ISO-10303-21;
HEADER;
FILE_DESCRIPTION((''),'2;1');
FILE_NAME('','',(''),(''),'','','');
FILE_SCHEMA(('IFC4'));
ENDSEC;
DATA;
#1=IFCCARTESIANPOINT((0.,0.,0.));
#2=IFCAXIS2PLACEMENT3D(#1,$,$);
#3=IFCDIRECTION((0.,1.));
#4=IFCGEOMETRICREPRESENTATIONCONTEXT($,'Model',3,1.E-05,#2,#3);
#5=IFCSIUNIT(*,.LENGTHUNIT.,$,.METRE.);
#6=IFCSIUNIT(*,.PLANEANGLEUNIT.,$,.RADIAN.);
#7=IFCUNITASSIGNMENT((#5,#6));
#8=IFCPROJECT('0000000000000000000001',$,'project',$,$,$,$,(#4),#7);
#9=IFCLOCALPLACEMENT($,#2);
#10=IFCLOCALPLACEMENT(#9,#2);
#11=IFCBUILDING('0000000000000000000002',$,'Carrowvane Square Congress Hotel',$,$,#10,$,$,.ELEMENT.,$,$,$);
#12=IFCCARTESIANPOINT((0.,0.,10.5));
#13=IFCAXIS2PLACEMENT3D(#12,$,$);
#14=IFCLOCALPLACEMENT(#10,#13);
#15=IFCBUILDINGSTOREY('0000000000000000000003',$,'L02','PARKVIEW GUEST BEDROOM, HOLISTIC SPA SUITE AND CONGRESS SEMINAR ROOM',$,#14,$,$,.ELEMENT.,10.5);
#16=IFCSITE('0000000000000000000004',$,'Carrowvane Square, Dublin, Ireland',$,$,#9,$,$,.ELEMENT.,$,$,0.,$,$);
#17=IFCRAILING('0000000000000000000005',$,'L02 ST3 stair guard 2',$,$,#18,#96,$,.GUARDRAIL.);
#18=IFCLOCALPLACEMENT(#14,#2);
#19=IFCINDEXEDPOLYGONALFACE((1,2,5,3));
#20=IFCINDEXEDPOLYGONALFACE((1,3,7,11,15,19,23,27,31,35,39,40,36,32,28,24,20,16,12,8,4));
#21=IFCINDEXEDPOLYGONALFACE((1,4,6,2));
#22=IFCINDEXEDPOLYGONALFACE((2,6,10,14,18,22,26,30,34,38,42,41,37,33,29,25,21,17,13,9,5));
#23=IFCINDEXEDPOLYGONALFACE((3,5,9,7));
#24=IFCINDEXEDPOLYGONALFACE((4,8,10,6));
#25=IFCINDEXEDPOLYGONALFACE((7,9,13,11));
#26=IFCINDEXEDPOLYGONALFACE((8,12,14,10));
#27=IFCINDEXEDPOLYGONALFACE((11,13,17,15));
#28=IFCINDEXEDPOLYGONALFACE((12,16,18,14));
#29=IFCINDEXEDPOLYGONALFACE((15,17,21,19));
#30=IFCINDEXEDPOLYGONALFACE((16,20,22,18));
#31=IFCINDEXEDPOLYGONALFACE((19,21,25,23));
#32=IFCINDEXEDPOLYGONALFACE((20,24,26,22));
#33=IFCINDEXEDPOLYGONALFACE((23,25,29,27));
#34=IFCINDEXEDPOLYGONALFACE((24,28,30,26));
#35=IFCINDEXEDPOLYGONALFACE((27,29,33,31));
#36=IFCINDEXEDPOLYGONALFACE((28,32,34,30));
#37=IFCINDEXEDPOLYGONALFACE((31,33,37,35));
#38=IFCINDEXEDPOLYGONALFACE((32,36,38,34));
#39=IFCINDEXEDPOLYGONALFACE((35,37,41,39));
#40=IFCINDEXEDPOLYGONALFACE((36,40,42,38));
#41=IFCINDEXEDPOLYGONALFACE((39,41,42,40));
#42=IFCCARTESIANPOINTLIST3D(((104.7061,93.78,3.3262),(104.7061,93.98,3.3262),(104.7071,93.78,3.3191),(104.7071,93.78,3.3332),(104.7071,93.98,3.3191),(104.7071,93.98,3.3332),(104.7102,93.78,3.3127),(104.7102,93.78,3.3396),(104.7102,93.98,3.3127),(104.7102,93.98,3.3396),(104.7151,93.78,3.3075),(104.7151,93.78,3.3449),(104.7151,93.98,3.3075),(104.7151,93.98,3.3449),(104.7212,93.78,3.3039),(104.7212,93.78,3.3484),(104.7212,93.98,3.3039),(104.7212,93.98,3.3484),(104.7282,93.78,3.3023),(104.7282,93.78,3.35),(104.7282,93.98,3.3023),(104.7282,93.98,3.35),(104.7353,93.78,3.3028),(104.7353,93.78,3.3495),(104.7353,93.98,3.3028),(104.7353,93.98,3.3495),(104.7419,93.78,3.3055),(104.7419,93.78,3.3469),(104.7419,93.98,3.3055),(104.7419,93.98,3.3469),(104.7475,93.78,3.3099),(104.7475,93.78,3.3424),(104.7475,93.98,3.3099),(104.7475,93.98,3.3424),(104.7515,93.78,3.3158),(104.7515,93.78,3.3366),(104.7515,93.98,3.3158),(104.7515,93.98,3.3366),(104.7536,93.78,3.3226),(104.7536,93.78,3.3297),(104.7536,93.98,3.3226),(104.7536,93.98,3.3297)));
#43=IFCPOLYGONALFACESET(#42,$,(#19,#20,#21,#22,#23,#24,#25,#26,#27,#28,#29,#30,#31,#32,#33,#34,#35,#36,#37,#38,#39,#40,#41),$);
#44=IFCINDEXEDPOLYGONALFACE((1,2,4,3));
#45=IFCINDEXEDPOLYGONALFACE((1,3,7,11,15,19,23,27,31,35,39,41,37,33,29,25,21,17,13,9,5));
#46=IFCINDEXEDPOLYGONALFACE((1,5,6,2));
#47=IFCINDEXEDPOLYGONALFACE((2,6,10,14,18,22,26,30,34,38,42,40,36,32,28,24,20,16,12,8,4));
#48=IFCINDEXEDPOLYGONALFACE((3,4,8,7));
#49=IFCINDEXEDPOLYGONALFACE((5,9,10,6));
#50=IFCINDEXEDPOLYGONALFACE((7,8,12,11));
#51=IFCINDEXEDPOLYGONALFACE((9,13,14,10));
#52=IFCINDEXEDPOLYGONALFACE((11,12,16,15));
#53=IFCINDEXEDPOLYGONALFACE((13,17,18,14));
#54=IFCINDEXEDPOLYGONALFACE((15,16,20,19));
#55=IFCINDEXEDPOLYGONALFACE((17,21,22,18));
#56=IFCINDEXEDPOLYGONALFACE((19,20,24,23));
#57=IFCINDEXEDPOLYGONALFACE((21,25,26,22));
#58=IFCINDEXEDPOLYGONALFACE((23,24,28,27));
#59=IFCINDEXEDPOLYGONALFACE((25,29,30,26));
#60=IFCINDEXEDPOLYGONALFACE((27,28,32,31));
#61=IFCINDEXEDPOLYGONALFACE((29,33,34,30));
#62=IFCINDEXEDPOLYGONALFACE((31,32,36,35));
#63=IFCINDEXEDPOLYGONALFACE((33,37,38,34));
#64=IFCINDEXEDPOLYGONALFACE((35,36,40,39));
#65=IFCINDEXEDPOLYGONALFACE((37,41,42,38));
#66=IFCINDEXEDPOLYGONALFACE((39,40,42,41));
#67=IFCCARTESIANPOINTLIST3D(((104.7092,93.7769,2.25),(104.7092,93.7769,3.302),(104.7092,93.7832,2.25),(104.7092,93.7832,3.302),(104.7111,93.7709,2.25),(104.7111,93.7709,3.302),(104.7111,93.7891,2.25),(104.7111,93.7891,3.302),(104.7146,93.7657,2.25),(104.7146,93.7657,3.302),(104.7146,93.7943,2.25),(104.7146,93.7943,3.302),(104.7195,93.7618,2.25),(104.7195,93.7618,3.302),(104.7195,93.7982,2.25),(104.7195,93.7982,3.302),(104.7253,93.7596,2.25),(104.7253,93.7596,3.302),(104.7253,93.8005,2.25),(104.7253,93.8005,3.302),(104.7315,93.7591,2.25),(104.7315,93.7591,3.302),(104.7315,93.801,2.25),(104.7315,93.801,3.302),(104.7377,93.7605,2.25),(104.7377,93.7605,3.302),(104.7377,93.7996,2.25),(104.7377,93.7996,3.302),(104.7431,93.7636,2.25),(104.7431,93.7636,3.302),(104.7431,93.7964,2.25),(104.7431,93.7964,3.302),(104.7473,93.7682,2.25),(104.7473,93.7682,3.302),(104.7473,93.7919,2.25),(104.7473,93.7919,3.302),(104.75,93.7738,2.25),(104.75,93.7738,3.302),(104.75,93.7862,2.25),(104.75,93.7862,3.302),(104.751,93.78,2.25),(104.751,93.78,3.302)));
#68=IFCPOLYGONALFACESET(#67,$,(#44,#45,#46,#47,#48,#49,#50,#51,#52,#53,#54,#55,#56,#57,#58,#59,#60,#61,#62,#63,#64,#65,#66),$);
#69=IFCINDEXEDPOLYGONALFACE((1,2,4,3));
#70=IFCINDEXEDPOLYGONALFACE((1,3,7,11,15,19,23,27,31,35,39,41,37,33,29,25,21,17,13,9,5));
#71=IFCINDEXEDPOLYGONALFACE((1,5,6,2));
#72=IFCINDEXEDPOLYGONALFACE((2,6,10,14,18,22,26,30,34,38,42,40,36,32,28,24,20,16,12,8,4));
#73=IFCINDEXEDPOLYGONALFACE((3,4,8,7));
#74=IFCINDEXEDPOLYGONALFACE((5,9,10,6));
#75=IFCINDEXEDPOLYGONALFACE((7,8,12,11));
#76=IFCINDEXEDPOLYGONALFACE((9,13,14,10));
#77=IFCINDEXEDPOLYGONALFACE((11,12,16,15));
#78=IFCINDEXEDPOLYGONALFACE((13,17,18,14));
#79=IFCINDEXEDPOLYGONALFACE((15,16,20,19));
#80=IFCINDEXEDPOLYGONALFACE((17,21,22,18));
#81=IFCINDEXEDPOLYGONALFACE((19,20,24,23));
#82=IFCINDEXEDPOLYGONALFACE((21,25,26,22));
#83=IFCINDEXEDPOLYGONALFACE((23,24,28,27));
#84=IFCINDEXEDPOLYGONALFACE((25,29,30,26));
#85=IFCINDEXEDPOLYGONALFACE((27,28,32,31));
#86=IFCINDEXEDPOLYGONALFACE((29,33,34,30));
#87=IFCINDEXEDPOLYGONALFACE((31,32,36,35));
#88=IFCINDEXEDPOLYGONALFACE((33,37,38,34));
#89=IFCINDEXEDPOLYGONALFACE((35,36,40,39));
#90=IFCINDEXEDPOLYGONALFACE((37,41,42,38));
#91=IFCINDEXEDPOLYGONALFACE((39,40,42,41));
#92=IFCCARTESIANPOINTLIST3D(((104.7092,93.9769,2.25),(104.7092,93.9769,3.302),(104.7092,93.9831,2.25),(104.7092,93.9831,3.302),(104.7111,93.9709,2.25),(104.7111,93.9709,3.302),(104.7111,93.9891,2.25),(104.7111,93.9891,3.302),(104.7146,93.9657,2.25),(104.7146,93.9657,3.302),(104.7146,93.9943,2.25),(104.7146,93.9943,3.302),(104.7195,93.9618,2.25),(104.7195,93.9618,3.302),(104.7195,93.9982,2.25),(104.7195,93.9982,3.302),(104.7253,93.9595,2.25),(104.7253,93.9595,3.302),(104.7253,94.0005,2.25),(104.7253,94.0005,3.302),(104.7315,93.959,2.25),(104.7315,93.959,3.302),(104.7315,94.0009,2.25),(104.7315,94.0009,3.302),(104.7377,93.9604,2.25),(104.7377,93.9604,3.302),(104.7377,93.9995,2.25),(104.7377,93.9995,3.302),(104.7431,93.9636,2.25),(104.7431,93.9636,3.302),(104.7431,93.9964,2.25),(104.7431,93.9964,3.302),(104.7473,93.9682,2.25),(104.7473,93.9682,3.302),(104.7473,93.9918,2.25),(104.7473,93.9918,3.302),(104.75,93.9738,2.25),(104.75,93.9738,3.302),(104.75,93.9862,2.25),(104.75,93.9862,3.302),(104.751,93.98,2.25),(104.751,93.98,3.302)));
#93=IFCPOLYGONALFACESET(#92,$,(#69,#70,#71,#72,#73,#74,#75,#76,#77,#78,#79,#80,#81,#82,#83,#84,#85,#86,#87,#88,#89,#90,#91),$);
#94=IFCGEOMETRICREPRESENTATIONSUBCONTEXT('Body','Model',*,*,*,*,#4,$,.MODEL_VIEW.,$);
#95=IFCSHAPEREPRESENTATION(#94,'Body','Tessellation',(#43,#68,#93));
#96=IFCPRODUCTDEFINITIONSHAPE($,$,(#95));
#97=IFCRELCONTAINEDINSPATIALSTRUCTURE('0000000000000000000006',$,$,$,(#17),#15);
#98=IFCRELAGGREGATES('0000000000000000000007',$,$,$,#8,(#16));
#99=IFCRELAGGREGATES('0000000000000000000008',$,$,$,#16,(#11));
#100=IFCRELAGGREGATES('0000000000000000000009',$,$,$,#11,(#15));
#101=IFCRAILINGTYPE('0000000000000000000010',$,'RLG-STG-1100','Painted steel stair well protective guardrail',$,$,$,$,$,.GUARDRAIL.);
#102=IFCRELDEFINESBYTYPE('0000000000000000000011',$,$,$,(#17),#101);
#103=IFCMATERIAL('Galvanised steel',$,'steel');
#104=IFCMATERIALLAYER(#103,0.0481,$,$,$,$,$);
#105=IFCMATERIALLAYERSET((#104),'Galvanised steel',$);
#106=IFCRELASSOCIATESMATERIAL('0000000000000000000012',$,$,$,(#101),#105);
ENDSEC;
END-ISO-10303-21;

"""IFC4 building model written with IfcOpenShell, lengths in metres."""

from ifc_helpers import new_model, si_unit, direction, frame, origin, origin_2d, place, context, subcontext, project, spatial, circle, extrude, material, layer, layer_set, type_object, element, save


model = new_model("IFC4")

# Units and contexts
model_context = context("Model", 3, precision=1e-05, world=origin(), true_north=direction((0.0, 1.0)))
body_context = subcontext(model_context, "Body", "Model", "MODEL_VIEW")
ifc_project = project(units=[si_unit("LENGTHUNIT", "METRE"), si_unit("PLANEANGLEUNIT", "RADIAN")], contexts=[model_context])

# Site, building, storey
site_placement = place(None, origin())
site = spatial("IfcSite", under=ifc_project, at=site_placement, Name="Carrowvane Square, Dublin, Ireland", CompositionType="ELEMENT", RefElevation=0.0)
building_placement = place(site_placement, origin())
building = spatial("IfcBuilding", under=site, at=building_placement, Name="Carrowvane Square Congress Hotel", CompositionType="ELEMENT")
storey_placement = place(building_placement, frame((0.0, 0.0, 10.5)))
storey = spatial("IfcBuildingStorey", under=building, at=storey_placement, Name="L02", Description="PARKVIEW GUEST BEDROOM, HOLISTIC SPA SUITE AND CONGRESS SEMINAR ROOM", CompositionType="ELEMENT", Elevation=10.5)

# Railing
ifc_material_1 = material(Name="Galvanised steel", Category="steel")
ifc_layer_1 = layer(ifc_material_1, 0.0481)
ifc_layer_set_1 = layer_set([ifc_layer_1], Name="Galvanised steel")
railing_type_1 = type_object("IfcRailingType", Name="RLG-STG-1100", Description="Painted steel stair well protective guardrail", PredefinedType="GUARDRAIL", material=ifc_layer_set_1)
railing_1_placement = place(storey_placement, frame((104.73, 93.78, 2.25)))
element("IfcRailing", 1, at=railing_1_placement, inside=storey, type_object=railing_type_1, Name="L02 ST3 stair guard 2", PredefinedType="GUARDRAIL", context=body_context, shape_type="SweptSolid", body=[
    extrude(circle(Radius=0.0239, at=origin_2d()), frame((0.0, 0.0, 1.0762), z_axis=(0.0, 1.0, 0.0), x_axis=(-1.0, 0.0, 0.0)), (0.0, 0.0, 1.0), 0.2),
    extrude(circle(Radius=0.021, at=origin_2d()), origin(), (0.0, 0.0, 1.0), 1.052),
    extrude(circle(Radius=0.021, at=origin_2d()), frame((0.0, 0.2, 0.0)), (0.0, 0.0, 1.0), 1.052),
])

save(model, "model.ifc")
